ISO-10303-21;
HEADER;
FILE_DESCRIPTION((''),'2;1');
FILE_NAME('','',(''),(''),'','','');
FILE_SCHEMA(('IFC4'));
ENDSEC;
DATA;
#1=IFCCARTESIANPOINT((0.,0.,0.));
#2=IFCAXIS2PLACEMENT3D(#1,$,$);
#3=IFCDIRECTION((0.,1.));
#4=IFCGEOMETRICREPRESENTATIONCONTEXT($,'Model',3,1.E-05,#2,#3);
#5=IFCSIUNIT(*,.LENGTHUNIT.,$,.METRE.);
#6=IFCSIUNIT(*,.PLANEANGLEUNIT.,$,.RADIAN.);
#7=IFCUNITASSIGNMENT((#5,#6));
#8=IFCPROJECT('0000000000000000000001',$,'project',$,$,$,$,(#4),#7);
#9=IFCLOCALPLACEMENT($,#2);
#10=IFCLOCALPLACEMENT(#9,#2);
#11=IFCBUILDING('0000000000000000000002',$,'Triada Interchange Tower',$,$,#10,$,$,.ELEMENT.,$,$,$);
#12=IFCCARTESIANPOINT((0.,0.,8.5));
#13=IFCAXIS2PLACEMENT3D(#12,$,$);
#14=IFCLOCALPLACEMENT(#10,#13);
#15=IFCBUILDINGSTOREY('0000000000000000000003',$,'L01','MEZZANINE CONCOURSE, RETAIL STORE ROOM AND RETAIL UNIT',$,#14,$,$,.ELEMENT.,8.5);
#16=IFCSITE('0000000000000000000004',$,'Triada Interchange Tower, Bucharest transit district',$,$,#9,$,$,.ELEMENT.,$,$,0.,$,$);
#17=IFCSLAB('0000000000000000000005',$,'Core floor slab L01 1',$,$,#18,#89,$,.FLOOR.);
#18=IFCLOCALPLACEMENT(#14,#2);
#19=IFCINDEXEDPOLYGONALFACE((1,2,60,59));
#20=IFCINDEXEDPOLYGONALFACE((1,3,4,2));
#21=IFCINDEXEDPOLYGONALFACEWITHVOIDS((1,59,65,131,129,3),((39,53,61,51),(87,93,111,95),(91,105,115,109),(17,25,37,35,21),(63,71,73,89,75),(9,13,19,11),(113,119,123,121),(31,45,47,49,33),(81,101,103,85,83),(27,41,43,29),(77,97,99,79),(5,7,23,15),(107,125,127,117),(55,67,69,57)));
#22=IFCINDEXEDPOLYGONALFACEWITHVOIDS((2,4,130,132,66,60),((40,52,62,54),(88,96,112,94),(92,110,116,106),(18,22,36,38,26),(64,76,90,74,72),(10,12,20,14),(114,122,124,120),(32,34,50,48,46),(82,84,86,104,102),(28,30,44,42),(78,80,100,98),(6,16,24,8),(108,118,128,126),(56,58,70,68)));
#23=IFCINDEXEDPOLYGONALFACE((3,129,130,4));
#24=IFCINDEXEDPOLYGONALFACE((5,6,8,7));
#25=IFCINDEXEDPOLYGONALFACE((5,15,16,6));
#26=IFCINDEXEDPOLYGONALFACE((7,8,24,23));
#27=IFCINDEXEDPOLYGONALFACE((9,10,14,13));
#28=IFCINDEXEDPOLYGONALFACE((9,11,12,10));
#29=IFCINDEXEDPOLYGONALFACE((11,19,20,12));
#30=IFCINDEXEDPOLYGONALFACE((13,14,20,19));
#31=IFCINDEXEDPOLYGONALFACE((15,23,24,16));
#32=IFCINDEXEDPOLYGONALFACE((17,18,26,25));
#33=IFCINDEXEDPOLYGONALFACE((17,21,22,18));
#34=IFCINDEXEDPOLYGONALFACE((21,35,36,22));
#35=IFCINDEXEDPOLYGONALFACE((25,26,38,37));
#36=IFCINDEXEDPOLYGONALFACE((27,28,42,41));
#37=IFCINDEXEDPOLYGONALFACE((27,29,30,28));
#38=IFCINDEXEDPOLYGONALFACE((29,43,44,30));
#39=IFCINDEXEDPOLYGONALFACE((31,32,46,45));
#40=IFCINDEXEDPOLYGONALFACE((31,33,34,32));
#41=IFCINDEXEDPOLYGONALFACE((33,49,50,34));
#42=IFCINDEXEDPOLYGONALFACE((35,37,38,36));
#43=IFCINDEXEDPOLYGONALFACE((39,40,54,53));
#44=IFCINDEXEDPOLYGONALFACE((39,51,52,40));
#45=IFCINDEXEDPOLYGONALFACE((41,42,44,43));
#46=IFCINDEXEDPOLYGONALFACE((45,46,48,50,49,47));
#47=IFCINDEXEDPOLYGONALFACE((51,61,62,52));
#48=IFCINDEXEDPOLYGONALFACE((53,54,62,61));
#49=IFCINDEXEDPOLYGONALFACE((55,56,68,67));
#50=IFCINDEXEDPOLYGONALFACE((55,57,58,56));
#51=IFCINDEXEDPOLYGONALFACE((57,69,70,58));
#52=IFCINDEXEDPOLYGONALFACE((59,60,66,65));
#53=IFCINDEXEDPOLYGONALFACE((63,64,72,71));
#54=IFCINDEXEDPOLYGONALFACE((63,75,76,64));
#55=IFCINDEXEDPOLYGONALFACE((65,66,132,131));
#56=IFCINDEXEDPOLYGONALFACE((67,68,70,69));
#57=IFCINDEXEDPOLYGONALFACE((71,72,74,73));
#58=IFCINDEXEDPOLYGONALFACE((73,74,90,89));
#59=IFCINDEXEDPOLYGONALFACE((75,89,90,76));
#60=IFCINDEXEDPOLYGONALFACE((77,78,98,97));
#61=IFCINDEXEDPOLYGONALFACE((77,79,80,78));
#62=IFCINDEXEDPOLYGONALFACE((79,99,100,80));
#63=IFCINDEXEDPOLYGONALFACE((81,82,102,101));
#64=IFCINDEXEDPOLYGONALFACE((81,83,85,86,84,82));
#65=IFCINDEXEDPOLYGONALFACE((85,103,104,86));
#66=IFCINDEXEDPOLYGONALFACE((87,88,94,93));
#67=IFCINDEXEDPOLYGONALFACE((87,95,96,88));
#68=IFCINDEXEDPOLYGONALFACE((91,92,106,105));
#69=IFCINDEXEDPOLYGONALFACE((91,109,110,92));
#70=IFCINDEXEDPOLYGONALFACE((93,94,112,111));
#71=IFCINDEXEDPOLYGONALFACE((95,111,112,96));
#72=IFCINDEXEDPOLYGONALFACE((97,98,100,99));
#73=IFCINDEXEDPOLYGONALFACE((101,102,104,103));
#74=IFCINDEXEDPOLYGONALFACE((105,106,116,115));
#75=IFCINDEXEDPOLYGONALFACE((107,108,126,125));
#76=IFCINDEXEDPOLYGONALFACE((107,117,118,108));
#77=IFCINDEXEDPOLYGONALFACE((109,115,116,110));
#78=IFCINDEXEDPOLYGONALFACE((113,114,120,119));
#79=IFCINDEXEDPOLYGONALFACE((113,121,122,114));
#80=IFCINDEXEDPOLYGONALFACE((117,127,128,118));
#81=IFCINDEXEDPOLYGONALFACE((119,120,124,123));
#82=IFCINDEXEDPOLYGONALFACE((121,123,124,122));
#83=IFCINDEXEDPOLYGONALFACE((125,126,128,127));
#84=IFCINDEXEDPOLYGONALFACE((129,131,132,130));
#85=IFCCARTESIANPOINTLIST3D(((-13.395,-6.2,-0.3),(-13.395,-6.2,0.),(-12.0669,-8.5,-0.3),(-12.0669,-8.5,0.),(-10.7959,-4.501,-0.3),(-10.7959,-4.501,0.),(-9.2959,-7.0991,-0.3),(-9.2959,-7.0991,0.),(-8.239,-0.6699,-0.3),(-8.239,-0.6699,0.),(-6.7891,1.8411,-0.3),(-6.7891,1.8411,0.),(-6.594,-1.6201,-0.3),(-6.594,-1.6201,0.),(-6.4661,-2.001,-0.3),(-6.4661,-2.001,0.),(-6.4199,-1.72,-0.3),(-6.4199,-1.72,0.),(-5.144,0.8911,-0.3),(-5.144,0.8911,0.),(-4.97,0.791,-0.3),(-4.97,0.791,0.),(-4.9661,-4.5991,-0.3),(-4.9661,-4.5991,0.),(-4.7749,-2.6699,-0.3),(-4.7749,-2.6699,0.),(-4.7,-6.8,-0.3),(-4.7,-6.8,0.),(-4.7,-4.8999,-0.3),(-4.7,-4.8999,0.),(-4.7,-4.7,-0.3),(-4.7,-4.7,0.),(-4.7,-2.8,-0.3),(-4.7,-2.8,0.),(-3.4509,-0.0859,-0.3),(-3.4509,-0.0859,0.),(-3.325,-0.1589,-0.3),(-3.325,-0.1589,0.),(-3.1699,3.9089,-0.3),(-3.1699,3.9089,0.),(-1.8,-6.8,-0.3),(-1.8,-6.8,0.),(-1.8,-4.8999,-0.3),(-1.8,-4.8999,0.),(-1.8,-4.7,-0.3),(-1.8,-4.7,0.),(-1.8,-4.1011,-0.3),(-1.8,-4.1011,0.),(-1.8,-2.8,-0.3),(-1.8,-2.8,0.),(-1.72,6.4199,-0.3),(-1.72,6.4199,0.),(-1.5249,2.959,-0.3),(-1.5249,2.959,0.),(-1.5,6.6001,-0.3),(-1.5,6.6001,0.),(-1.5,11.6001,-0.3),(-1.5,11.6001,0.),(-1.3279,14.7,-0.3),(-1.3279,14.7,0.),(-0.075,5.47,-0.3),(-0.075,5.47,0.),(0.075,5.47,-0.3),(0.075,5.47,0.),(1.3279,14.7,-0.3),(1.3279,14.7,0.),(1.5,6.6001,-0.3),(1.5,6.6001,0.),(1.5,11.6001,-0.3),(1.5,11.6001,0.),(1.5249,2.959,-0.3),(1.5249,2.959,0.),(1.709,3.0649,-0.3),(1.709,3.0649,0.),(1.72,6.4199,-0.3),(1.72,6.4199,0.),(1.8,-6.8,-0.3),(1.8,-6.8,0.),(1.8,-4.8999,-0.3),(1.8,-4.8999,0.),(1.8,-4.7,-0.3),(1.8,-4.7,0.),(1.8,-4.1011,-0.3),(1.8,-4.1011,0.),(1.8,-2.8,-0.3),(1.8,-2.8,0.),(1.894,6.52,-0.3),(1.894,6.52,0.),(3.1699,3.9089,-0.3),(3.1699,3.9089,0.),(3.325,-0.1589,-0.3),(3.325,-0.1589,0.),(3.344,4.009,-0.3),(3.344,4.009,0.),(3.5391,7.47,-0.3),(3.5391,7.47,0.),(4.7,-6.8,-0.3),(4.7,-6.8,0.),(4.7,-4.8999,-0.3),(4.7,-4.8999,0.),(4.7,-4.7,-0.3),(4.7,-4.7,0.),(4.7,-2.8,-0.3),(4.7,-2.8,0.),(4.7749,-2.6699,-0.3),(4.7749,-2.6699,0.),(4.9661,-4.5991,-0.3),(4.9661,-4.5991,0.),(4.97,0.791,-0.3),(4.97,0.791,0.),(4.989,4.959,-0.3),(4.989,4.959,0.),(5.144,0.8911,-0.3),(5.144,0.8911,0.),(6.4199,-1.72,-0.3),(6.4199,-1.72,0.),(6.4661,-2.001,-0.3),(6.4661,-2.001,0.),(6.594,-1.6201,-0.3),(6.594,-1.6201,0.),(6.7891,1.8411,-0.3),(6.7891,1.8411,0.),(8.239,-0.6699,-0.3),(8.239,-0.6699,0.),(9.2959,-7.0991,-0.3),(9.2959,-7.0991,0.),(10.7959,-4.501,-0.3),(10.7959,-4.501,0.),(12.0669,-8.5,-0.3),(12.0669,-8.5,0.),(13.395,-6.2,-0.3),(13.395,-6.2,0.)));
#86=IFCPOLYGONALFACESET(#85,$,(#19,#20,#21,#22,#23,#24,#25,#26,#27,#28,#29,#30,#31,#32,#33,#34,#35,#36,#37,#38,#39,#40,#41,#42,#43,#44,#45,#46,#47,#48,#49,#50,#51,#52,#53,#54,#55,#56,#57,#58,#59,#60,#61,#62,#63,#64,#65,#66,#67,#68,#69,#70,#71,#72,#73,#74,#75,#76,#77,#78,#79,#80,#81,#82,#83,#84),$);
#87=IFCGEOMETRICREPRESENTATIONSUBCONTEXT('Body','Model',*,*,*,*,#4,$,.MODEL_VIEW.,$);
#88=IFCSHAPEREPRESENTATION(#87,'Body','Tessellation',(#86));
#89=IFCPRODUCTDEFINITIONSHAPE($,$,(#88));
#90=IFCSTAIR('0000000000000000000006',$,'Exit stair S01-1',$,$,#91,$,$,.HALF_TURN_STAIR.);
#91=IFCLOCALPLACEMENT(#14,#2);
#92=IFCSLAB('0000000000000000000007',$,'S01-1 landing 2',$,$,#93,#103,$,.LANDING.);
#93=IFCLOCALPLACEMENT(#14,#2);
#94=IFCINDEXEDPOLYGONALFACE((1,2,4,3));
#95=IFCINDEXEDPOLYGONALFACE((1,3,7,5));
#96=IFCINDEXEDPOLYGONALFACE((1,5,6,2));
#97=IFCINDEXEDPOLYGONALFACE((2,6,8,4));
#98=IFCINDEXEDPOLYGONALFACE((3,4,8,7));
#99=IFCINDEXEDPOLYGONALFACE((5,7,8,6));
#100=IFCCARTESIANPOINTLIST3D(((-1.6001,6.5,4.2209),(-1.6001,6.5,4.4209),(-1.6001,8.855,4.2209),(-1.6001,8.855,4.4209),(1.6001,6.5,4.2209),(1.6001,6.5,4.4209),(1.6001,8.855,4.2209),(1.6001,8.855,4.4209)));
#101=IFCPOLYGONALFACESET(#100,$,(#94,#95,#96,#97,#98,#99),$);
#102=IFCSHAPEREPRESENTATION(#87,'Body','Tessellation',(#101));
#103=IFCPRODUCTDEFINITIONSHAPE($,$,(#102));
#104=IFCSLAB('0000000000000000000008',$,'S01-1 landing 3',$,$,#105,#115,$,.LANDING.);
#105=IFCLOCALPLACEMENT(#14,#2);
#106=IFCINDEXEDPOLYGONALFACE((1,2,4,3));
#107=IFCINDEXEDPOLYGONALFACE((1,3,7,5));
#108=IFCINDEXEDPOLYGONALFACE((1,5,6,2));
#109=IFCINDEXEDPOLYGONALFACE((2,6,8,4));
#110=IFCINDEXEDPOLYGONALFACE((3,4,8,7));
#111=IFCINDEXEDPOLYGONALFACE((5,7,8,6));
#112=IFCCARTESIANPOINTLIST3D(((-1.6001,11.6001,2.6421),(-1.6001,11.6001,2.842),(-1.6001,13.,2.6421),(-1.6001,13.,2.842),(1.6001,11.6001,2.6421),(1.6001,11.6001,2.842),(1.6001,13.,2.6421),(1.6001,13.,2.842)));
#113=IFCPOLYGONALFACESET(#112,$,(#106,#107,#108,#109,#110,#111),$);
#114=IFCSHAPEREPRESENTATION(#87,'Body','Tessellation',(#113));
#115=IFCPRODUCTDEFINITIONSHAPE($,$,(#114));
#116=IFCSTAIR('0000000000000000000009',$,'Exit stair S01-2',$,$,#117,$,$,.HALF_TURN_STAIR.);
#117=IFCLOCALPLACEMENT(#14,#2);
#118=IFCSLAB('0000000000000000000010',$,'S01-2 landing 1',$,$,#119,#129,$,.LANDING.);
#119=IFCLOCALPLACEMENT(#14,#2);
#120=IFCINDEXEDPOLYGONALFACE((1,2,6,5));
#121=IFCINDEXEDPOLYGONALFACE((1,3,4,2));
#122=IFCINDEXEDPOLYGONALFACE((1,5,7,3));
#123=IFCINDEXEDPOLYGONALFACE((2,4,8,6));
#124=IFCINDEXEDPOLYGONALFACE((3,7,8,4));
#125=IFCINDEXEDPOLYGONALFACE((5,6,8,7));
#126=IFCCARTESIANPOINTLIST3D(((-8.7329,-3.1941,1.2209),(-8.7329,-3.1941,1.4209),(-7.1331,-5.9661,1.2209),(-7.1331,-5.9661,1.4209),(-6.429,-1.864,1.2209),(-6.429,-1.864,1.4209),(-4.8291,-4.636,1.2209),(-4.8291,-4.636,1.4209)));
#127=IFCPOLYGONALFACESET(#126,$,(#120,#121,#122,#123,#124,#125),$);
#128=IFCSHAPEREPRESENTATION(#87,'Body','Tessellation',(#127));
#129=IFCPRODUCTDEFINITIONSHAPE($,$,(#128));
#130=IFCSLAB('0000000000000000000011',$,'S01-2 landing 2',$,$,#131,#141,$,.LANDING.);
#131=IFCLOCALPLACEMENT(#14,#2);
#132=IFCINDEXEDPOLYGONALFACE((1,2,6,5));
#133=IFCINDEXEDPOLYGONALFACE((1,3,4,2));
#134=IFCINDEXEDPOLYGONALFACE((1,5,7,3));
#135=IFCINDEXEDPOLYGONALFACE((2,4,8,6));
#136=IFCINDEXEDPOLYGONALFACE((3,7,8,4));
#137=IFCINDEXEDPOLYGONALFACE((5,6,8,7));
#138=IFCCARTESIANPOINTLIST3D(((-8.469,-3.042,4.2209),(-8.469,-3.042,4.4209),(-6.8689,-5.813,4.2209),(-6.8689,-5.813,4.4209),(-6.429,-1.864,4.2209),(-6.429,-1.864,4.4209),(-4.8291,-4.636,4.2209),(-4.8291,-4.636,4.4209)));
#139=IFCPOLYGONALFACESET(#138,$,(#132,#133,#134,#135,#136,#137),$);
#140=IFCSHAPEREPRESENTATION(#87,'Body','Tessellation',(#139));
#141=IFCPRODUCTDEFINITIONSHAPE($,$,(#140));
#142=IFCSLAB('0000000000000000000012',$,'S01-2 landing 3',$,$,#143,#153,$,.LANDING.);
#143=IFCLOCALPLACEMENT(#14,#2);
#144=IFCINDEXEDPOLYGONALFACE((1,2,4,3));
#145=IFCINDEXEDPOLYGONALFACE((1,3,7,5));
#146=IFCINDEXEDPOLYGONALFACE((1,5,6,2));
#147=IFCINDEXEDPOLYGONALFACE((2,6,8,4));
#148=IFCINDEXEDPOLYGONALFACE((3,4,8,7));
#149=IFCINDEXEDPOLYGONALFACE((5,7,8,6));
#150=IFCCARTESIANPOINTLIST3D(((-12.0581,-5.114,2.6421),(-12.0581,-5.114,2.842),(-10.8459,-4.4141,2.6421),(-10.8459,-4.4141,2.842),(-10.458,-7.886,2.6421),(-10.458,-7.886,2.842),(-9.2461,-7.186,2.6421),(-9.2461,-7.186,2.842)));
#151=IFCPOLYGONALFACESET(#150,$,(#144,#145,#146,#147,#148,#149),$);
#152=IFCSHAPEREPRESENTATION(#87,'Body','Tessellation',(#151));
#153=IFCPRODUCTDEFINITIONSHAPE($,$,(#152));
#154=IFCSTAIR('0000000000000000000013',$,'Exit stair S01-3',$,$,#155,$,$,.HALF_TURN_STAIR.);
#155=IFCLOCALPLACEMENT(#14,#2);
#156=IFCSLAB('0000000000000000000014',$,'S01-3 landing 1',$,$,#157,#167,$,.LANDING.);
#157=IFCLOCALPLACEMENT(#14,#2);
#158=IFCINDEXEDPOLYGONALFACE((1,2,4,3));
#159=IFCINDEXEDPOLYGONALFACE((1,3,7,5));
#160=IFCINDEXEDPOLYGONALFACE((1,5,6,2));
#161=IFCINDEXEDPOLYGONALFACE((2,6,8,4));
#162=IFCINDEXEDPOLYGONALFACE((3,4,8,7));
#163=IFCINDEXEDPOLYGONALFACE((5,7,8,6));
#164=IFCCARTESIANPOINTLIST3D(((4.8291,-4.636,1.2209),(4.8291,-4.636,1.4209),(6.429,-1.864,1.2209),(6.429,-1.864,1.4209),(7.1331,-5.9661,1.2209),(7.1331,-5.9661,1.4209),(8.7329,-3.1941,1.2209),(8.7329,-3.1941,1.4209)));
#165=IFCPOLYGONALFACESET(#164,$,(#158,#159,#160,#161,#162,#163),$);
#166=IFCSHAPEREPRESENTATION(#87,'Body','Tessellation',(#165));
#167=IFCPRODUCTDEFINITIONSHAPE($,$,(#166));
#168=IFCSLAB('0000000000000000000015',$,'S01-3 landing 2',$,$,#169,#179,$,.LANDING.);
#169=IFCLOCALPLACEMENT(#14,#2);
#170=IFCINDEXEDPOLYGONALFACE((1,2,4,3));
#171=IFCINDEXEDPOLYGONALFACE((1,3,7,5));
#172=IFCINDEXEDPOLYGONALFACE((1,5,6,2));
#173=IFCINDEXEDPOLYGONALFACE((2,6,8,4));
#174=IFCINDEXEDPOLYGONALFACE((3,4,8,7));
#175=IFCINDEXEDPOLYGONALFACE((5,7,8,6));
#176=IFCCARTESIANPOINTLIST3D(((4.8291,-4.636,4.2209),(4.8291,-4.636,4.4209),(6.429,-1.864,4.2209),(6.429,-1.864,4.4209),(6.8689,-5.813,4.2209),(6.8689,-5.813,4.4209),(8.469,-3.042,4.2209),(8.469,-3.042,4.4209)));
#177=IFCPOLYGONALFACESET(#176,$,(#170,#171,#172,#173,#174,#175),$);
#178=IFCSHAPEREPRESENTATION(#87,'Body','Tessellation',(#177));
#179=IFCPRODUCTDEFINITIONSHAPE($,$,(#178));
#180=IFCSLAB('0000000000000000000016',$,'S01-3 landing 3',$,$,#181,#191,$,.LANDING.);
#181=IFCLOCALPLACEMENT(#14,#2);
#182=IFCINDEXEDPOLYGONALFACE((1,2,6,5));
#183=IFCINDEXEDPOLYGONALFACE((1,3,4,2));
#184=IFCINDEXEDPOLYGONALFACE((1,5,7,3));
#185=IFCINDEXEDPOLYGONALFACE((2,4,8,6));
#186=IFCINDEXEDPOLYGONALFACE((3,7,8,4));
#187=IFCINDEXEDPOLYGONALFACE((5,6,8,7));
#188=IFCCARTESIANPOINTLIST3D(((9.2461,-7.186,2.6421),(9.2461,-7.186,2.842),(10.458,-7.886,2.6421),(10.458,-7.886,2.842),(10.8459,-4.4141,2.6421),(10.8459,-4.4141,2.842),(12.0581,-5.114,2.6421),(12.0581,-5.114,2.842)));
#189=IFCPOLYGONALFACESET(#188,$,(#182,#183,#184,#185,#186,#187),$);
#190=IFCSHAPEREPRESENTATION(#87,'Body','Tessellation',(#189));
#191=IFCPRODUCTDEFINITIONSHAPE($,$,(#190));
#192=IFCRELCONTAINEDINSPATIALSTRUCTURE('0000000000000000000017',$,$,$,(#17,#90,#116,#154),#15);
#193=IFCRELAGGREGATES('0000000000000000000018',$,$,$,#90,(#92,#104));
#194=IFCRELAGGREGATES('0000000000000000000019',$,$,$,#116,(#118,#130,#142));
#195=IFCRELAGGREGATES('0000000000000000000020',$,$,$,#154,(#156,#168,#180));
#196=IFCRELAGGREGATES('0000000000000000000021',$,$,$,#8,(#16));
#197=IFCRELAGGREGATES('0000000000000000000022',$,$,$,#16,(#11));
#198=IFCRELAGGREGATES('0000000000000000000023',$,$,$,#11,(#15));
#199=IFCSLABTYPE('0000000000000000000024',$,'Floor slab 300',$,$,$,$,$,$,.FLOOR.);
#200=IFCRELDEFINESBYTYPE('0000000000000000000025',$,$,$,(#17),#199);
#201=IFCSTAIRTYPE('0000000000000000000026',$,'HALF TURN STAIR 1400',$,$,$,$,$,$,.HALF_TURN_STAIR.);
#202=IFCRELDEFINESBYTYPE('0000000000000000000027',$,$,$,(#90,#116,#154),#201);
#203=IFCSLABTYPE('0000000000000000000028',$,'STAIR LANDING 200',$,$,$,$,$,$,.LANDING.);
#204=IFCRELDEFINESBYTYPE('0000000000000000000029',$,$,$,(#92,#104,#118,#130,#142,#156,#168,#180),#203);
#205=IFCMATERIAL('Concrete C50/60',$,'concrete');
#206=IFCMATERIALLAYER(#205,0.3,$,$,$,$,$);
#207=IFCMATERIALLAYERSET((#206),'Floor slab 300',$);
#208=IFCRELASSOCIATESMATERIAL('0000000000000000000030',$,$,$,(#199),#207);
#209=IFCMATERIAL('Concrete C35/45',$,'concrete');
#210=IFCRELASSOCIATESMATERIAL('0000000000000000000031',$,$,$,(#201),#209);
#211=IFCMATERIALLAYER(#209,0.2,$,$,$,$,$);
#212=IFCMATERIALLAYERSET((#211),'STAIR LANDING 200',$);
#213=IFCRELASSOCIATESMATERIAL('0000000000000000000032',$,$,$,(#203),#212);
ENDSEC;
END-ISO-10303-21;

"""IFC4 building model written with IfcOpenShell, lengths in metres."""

from ifc_helpers import new_model, si_unit, direction, frame, origin, place, context, subcontext, project, spatial, polyline, outline, extrude, material, layer, layer_set, type_object, element, aggregate, save


model = new_model("IFC4")

# Units and contexts
model_context = context("Model", 3, precision=1e-05, world=origin(), true_north=direction((0.0, 1.0)))
body_context = subcontext(model_context, "Body", "Model", "MODEL_VIEW")
ifc_project = project(units=[si_unit("LENGTHUNIT", "METRE"), si_unit("PLANEANGLEUNIT", "RADIAN")], contexts=[model_context])

# Site, building, storey
site_placement = place(None, origin())
site = spatial("IfcSite", under=ifc_project, at=site_placement, Name="Triada Interchange Tower, Bucharest transit district", CompositionType="ELEMENT", RefElevation=0.0)
building_placement = place(site_placement, origin())
building = spatial("IfcBuilding", under=site, at=building_placement, Name="Triada Interchange Tower", CompositionType="ELEMENT")
storey_placement = place(building_placement, frame((0.0, 0.0, 8.5)))
storey = spatial("IfcBuildingStorey", under=building, at=storey_placement, Name="L01", Description="MEZZANINE CONCOURSE, RETAIL STORE ROOM AND RETAIL UNIT", CompositionType="ELEMENT", Elevation=8.5)

# Slab
ifc_material_1 = material(Name="Concrete C50/60", Category="concrete")
ifc_layer_1 = layer(ifc_material_1, 0.3)
ifc_layer_set_1 = layer_set([ifc_layer_1], Name="Floor slab 300")
slab_type_1 = type_object("IfcSlabType", Name="Floor slab 300", PredefinedType="FLOOR", material=ifc_layer_set_1)
slab_1_placement = place(storey_placement, frame((0.0, 0.0, -0.3)))
element("IfcSlab", 1, at=slab_1_placement, inside=storey, type_object=slab_type_1, Name="Core floor slab L01 1", PredefinedType="FLOOR", context=body_context, shape_type="SweptSolid", body=[
    extrude(outline(polyline([(13.395, -6.2), (12.0669, -8.5), (-12.0669, -8.5), (-13.395, -6.2), (-1.3279, 14.7), (1.3279, 14.7), (13.395, -6.2)]), holes=[polyline([(9.2959, -7.0991), (10.7959, -4.501), (6.4661, -2.001), (4.9661, -4.5991), (9.2959, -7.0991)]), polyline([(6.7891, 1.8411), (5.144, 0.8911), (6.594, -1.6201), (8.239, -0.6699), (6.7891, 1.8411)]), polyline([(4.97, 0.791), (3.325, -0.1589), (4.7749, -2.6699), (6.4199, -1.72), (4.97, 0.791)]), polyline([(1.894, 6.52), (3.344, 4.009), (4.989, 4.959), (3.5391, 7.47), (1.894, 6.52)]), polyline([(1.8, -4.8999), (1.8, -6.8), (4.7, -6.8), (4.7, -4.8999), (1.8, -4.8999)]), polyline([(1.8, -2.8), (1.8, -4.1011), (1.8, -4.7), (4.7, -4.7), (4.7, -2.8), (1.8, -2.8)]), polyline([(1.5249, 2.959), (1.709, 3.0649), (3.1699, 3.9089), (1.72, 6.4199), (0.075, 5.47), (1.5249, 2.959)]), polyline([(1.5, 11.6001), (-1.5, 11.6001), (-1.5, 6.6001), (1.5, 6.6001), (1.5, 11.6001)]), polyline([(-1.5249, 2.959), (-0.075, 5.47), (-1.72, 6.4199), (-3.1699, 3.9089), (-1.5249, 2.959)]), polyline([(-4.7, -2.8), (-4.7, -4.7), (-1.8, -4.7), (-1.8, -4.1011), (-1.8, -2.8), (-4.7, -2.8)]), polyline([(-4.7, -4.8999), (-4.7, -6.8), (-1.8, -6.8), (-1.8, -4.8999), (-4.7, -4.8999)]), polyline([(-3.325, -0.1589), (-3.4509, -0.0859), (-4.97, 0.791), (-6.4199, -1.72), (-4.7749, -2.6699), (-3.325, -0.1589)]), polyline([(-10.7959, -4.501), (-9.2959, -7.0991), (-4.9661, -4.5991), (-6.4661, -2.001), (-10.7959, -4.501)]), polyline([(-6.594, -1.6201), (-5.144, 0.8911), (-6.7891, 1.8411), (-8.239, -0.6699), (-6.594, -1.6201)])]), origin(), (0.0, 0.0, 1.0), 0.3),
])

# Stairs, slabs
ifc_material_2 = material(Name="Concrete C35/45", Category="concrete")
stair_type = type_object("IfcStairType", Name="HALF TURN STAIR 1400", PredefinedType="HALF_TURN_STAIR", material=ifc_material_2)
stair_1_placement = place(storey_placement, origin())
stair_1 = element("IfcStair", 2, at=stair_1_placement, inside=storey, type_object=stair_type, Name="Exit stair S01-1", PredefinedType="HALF_TURN_STAIR")
ifc_layer_2 = layer(ifc_material_2, 0.2)
ifc_layer_set_2 = layer_set([ifc_layer_2], Name="STAIR LANDING 200")
slab_type_2 = type_object("IfcSlabType", Name="STAIR LANDING 200", PredefinedType="LANDING", material=ifc_layer_set_2)
slab_2_placement = place(storey_placement, frame((0.0, 0.0, 4.2209)))
slab_2 = element("IfcSlab", 3, at=slab_2_placement, type_object=slab_type_2, Name="S01-1 landing 2", PredefinedType="LANDING", context=body_context, shape_type="SweptSolid", body=[
    extrude(outline(polyline([(1.6001, 6.5), (1.6001, 8.855), (-1.6001, 8.855), (-1.6001, 6.5), (1.6001, 6.5)])), origin(), (0.0, 0.0, 1.0), 0.2),
])
slab_3_placement = place(storey_placement, frame((0.0, 0.0, 2.6421)))
slab_3 = element("IfcSlab", 4, at=slab_3_placement, type_object=slab_type_2, Name="S01-1 landing 3", PredefinedType="LANDING", context=body_context, shape_type="SweptSolid", body=[
    extrude(outline(polyline([(1.6001, 11.6001), (1.6001, 13.0), (-1.6001, 13.0), (-1.6001, 11.6001), (1.6001, 11.6001)])), origin(), (0.0, 0.0, 1.0), 0.2),
])
aggregate(stair_1, [slab_2, slab_3])
stair_2_placement = place(storey_placement, origin())
stair_2 = element("IfcStair", 5, at=stair_2_placement, inside=storey, type_object=stair_type, Name="Exit stair S01-2", PredefinedType="HALF_TURN_STAIR")
slab_4_placement = place(storey_placement, frame((0.0, 0.0, 1.2209)))
slab_4 = element("IfcSlab", 6, at=slab_4_placement, type_object=slab_type_2, Name="S01-2 landing 1", PredefinedType="LANDING", context=body_context, shape_type="SweptSolid", body=[
    extrude(outline(polyline([(-6.429, -1.864), (-8.7329, -3.1941), (-7.1331, -5.9661), (-4.8291, -4.636), (-6.429, -1.864)])), origin(), (0.0, 0.0, 1.0), 0.2),
])
slab_5_placement = place(storey_placement, frame((0.0, 0.0, 4.2209)))
slab_5 = element("IfcSlab", 7, at=slab_5_placement, type_object=slab_type_2, Name="S01-2 landing 2", PredefinedType="LANDING", context=body_context, shape_type="SweptSolid", body=[
    extrude(outline(polyline([(-6.429, -1.864), (-8.469, -3.042), (-6.8689, -5.813), (-4.8291, -4.636), (-6.429, -1.864)])), origin(), (0.0, 0.0, 1.0), 0.2),
])
slab_6_placement = place(storey_placement, frame((0.0, 0.0, 2.6421)))
slab_6 = element("IfcSlab", 8, at=slab_6_placement, type_object=slab_type_2, Name="S01-2 landing 3", PredefinedType="LANDING", context=body_context, shape_type="SweptSolid", body=[
    extrude(outline(polyline([(-10.8459, -4.4141), (-12.0581, -5.114), (-10.458, -7.886), (-9.2461, -7.186), (-10.8459, -4.4141)])), origin(), (0.0, 0.0, 1.0), 0.2),
])
aggregate(stair_2, [slab_4, slab_5, slab_6])
stair_3_placement = place(storey_placement, origin())
stair_3 = element("IfcStair", 9, at=stair_3_placement, inside=storey, type_object=stair_type, Name="Exit stair S01-3", PredefinedType="HALF_TURN_STAIR")
slab_7_placement = place(storey_placement, frame((0.0, 0.0, 1.2209)))
slab_7 = element("IfcSlab", 10, at=slab_7_placement, type_object=slab_type_2, Name="S01-3 landing 1", PredefinedType="LANDING", context=body_context, shape_type="SweptSolid", body=[
    extrude(outline(polyline([(4.8291, -4.636), (7.1331, -5.9661), (8.7329, -3.1941), (6.429, -1.864), (4.8291, -4.636)])), origin(), (0.0, 0.0, 1.0), 0.2),
])
slab_8_placement = place(storey_placement, frame((0.0, 0.0, 4.2209)))
slab_8 = element("IfcSlab", 11, at=slab_8_placement, type_object=slab_type_2, Name="S01-3 landing 2", PredefinedType="LANDING", context=body_context, shape_type="SweptSolid", body=[
    extrude(outline(polyline([(4.8291, -4.636), (6.8689, -5.813), (8.469, -3.042), (6.429, -1.864), (4.8291, -4.636)])), origin(), (0.0, 0.0, 1.0), 0.2),
])
slab_9_placement = place(storey_placement, frame((0.0, 0.0, 2.6421)))
slab_9 = element("IfcSlab", 12, at=slab_9_placement, type_object=slab_type_2, Name="S01-3 landing 3", PredefinedType="LANDING", context=body_context, shape_type="SweptSolid", body=[
    extrude(outline(polyline([(9.2461, -7.186), (10.458, -7.886), (12.0581, -5.114), (10.8459, -4.4141), (9.2461, -7.186)])), origin(), (0.0, 0.0, 1.0), 0.2),
])
aggregate(stair_3, [slab_7, slab_8, slab_9])

save(model, "model.ifc")
